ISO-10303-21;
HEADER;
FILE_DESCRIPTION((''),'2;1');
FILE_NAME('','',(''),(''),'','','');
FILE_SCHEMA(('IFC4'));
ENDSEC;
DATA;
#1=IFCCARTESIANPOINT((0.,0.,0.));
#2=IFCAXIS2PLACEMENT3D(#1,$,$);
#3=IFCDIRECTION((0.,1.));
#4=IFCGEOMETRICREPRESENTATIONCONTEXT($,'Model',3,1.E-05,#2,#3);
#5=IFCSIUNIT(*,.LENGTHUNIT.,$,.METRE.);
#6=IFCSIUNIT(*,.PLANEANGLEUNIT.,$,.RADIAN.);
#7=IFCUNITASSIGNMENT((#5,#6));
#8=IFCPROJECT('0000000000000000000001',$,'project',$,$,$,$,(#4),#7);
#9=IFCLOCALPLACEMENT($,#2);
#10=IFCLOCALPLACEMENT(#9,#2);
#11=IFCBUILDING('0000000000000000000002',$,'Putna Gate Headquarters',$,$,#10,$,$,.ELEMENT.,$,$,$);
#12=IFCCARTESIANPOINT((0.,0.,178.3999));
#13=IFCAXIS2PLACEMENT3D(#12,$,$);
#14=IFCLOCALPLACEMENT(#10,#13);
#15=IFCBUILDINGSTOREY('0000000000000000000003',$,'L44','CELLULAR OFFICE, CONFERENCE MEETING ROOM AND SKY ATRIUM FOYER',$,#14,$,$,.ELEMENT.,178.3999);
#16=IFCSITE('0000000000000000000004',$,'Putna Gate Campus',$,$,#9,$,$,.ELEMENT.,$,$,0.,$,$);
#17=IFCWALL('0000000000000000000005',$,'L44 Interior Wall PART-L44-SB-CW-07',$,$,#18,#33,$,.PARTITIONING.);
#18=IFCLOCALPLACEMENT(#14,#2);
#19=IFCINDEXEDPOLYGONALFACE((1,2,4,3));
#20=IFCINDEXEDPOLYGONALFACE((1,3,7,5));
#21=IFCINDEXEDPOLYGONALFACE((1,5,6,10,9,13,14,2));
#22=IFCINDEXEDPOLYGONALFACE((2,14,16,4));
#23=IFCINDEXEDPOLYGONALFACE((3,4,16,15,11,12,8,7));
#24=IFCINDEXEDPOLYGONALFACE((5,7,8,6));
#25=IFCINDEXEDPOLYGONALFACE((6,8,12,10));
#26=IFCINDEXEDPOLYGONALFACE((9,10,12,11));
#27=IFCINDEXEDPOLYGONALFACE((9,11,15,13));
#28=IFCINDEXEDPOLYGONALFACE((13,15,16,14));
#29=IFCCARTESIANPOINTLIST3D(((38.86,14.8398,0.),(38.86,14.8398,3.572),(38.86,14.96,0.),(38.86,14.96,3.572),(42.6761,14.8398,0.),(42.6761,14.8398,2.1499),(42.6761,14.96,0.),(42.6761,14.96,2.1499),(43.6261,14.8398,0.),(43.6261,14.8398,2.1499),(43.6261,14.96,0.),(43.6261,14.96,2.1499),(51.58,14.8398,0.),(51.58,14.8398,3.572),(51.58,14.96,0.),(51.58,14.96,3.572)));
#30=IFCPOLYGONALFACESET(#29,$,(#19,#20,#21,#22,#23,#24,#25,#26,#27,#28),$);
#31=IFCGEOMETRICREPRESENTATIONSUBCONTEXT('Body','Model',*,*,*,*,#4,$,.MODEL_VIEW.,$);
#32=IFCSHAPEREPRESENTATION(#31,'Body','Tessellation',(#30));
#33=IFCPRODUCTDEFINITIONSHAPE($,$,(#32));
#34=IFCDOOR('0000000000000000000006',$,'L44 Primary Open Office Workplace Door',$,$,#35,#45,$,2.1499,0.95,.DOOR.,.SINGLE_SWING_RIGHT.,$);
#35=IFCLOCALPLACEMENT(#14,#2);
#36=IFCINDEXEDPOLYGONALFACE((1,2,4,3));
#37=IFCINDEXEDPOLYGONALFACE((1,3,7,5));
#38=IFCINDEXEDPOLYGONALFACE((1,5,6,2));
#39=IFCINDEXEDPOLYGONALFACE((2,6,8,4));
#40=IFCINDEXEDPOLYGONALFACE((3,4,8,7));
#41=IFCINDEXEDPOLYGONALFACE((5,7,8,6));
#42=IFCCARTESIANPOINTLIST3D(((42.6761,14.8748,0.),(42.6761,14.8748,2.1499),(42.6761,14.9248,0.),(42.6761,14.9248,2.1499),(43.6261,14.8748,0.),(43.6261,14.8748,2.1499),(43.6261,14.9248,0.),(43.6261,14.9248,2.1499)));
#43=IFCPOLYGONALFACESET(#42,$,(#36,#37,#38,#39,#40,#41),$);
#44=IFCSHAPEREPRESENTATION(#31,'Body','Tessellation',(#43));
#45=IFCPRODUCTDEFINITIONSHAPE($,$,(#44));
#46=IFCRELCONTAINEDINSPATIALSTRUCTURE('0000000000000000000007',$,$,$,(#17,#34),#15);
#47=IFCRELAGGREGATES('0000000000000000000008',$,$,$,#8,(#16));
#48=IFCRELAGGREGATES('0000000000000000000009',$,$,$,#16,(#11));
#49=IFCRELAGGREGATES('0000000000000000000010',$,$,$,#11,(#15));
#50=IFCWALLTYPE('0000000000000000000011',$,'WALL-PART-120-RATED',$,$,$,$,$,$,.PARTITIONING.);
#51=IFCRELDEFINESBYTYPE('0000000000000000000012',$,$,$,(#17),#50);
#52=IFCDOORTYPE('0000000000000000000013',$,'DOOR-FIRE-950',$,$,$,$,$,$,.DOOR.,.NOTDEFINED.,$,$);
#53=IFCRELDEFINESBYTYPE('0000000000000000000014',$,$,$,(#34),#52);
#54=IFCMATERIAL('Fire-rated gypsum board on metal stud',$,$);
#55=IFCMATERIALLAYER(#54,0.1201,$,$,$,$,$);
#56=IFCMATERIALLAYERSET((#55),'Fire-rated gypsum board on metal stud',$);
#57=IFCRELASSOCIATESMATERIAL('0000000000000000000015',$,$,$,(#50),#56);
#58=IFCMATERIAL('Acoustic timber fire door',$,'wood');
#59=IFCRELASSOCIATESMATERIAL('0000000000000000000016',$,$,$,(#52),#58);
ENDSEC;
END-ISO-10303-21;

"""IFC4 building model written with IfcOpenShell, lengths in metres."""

from ifc_helpers import new_model, si_unit, direction, frame, frame_2d, origin, place, context, subcontext, project, spatial, rectangle, extrude, material, layer, layer_set, type_object, element, fill, save


model = new_model("IFC4")

# Units and contexts
model_context = context("Model", 3, precision=1e-05, world=origin(), true_north=direction((0.0, 1.0)))
body_context = subcontext(model_context, "Body", "Model", "MODEL_VIEW")
ifc_project = project(units=[si_unit("LENGTHUNIT", "METRE"), si_unit("PLANEANGLEUNIT", "RADIAN")], contexts=[model_context])

# Site, building, storey
site_placement = place(None, origin())
site = spatial("IfcSite", under=ifc_project, at=site_placement, Name="Putna Gate Campus", CompositionType="ELEMENT", RefElevation=0.0)
building_placement = place(site_placement, origin())
building = spatial("IfcBuilding", under=site, at=building_placement, Name="Putna Gate Headquarters", CompositionType="ELEMENT")
storey_placement = place(building_placement, frame((0.0, 0.0, 178.3999)))
storey = spatial("IfcBuildingStorey", under=building, at=storey_placement, Name="L44", Description="CELLULAR OFFICE, CONFERENCE MEETING ROOM AND SKY ATRIUM FOYER", CompositionType="ELEMENT", Elevation=178.3999)

# Wall, opening, door
ifc_material_1 = material(Name="Fire-rated gypsum board on metal stud")
ifc_layer_1 = layer(ifc_material_1, 0.1201)
ifc_layer_set_1 = layer_set([ifc_layer_1], Name="Fire-rated gypsum board on metal stud")
wall_type_1 = type_object("IfcWallType", Name="WALL-PART-120-RATED", PredefinedType="PARTITIONING", material=ifc_layer_set_1)
wall_1_placement = place(storey_placement, frame((38.8601, 14.8999, 0.0), z_axis=(0.0, 0.0, 1.0), x_axis=(1.0, 0.0, 0.0)))
wall_1 = element("IfcWall", 1, at=wall_1_placement, inside=storey, type_object=wall_type_1, Name="L44 Interior Wall PART-L44-SB-CW-07", PredefinedType="PARTITIONING", context=body_context, shape_type="SweptSolid", body=[
    extrude(rectangle(XDim=12.72, YDim=0.1201, at=frame_2d((6.3599, 0.0))), origin(), (0.0, 0.0, 1.0), 3.572),
])
opening_placement = place(wall_1_placement, frame((3.8159, 0.0, 0.0)))
opening = element("IfcOpeningElement", 2, at=opening_placement, cuts=wall_1, PredefinedType="OPENING", context=body_context, shape_type="SweptSolid", body=[
    extrude(rectangle(XDim=0.95, YDim=2.1499, at=frame_2d((0.4751, 1.075))), frame((0.0, 0.0701, 0.0), z_axis=(0.0, -1.0, 0.0), x_axis=(1.0, 0.0, 0.0)), (0.0, 0.0, 1.0), 0.1401),
])
ifc_material_2 = material(Name="Acoustic timber fire door", Category="wood")
door_type = type_object("IfcDoorType", Name="DOOR-FIRE-950", OperationType="NOTDEFINED", PredefinedType="DOOR", material=ifc_material_2)
door_placement = place(opening_placement, origin())
door = element("IfcDoor", 3, at=door_placement, inside=storey, type_object=door_type, Name="L44 Primary Open Office Workplace Door", OperationType="SINGLE_SWING_RIGHT", OverallHeight=2.1499, OverallWidth=0.95, PredefinedType="DOOR", context=body_context, shape_type="SweptSolid", body=[
    extrude(rectangle(XDim=0.95, YDim=2.1499, at=frame_2d((0.4751, 1.075))), frame((0.0, 0.0249, 0.0), z_axis=(0.0, -1.0, 0.0), x_axis=(1.0, 0.0, 0.0)), (0.0, 0.0, 1.0), 0.05),
])
fill(opening, door)

save(model, "model.ifc")
